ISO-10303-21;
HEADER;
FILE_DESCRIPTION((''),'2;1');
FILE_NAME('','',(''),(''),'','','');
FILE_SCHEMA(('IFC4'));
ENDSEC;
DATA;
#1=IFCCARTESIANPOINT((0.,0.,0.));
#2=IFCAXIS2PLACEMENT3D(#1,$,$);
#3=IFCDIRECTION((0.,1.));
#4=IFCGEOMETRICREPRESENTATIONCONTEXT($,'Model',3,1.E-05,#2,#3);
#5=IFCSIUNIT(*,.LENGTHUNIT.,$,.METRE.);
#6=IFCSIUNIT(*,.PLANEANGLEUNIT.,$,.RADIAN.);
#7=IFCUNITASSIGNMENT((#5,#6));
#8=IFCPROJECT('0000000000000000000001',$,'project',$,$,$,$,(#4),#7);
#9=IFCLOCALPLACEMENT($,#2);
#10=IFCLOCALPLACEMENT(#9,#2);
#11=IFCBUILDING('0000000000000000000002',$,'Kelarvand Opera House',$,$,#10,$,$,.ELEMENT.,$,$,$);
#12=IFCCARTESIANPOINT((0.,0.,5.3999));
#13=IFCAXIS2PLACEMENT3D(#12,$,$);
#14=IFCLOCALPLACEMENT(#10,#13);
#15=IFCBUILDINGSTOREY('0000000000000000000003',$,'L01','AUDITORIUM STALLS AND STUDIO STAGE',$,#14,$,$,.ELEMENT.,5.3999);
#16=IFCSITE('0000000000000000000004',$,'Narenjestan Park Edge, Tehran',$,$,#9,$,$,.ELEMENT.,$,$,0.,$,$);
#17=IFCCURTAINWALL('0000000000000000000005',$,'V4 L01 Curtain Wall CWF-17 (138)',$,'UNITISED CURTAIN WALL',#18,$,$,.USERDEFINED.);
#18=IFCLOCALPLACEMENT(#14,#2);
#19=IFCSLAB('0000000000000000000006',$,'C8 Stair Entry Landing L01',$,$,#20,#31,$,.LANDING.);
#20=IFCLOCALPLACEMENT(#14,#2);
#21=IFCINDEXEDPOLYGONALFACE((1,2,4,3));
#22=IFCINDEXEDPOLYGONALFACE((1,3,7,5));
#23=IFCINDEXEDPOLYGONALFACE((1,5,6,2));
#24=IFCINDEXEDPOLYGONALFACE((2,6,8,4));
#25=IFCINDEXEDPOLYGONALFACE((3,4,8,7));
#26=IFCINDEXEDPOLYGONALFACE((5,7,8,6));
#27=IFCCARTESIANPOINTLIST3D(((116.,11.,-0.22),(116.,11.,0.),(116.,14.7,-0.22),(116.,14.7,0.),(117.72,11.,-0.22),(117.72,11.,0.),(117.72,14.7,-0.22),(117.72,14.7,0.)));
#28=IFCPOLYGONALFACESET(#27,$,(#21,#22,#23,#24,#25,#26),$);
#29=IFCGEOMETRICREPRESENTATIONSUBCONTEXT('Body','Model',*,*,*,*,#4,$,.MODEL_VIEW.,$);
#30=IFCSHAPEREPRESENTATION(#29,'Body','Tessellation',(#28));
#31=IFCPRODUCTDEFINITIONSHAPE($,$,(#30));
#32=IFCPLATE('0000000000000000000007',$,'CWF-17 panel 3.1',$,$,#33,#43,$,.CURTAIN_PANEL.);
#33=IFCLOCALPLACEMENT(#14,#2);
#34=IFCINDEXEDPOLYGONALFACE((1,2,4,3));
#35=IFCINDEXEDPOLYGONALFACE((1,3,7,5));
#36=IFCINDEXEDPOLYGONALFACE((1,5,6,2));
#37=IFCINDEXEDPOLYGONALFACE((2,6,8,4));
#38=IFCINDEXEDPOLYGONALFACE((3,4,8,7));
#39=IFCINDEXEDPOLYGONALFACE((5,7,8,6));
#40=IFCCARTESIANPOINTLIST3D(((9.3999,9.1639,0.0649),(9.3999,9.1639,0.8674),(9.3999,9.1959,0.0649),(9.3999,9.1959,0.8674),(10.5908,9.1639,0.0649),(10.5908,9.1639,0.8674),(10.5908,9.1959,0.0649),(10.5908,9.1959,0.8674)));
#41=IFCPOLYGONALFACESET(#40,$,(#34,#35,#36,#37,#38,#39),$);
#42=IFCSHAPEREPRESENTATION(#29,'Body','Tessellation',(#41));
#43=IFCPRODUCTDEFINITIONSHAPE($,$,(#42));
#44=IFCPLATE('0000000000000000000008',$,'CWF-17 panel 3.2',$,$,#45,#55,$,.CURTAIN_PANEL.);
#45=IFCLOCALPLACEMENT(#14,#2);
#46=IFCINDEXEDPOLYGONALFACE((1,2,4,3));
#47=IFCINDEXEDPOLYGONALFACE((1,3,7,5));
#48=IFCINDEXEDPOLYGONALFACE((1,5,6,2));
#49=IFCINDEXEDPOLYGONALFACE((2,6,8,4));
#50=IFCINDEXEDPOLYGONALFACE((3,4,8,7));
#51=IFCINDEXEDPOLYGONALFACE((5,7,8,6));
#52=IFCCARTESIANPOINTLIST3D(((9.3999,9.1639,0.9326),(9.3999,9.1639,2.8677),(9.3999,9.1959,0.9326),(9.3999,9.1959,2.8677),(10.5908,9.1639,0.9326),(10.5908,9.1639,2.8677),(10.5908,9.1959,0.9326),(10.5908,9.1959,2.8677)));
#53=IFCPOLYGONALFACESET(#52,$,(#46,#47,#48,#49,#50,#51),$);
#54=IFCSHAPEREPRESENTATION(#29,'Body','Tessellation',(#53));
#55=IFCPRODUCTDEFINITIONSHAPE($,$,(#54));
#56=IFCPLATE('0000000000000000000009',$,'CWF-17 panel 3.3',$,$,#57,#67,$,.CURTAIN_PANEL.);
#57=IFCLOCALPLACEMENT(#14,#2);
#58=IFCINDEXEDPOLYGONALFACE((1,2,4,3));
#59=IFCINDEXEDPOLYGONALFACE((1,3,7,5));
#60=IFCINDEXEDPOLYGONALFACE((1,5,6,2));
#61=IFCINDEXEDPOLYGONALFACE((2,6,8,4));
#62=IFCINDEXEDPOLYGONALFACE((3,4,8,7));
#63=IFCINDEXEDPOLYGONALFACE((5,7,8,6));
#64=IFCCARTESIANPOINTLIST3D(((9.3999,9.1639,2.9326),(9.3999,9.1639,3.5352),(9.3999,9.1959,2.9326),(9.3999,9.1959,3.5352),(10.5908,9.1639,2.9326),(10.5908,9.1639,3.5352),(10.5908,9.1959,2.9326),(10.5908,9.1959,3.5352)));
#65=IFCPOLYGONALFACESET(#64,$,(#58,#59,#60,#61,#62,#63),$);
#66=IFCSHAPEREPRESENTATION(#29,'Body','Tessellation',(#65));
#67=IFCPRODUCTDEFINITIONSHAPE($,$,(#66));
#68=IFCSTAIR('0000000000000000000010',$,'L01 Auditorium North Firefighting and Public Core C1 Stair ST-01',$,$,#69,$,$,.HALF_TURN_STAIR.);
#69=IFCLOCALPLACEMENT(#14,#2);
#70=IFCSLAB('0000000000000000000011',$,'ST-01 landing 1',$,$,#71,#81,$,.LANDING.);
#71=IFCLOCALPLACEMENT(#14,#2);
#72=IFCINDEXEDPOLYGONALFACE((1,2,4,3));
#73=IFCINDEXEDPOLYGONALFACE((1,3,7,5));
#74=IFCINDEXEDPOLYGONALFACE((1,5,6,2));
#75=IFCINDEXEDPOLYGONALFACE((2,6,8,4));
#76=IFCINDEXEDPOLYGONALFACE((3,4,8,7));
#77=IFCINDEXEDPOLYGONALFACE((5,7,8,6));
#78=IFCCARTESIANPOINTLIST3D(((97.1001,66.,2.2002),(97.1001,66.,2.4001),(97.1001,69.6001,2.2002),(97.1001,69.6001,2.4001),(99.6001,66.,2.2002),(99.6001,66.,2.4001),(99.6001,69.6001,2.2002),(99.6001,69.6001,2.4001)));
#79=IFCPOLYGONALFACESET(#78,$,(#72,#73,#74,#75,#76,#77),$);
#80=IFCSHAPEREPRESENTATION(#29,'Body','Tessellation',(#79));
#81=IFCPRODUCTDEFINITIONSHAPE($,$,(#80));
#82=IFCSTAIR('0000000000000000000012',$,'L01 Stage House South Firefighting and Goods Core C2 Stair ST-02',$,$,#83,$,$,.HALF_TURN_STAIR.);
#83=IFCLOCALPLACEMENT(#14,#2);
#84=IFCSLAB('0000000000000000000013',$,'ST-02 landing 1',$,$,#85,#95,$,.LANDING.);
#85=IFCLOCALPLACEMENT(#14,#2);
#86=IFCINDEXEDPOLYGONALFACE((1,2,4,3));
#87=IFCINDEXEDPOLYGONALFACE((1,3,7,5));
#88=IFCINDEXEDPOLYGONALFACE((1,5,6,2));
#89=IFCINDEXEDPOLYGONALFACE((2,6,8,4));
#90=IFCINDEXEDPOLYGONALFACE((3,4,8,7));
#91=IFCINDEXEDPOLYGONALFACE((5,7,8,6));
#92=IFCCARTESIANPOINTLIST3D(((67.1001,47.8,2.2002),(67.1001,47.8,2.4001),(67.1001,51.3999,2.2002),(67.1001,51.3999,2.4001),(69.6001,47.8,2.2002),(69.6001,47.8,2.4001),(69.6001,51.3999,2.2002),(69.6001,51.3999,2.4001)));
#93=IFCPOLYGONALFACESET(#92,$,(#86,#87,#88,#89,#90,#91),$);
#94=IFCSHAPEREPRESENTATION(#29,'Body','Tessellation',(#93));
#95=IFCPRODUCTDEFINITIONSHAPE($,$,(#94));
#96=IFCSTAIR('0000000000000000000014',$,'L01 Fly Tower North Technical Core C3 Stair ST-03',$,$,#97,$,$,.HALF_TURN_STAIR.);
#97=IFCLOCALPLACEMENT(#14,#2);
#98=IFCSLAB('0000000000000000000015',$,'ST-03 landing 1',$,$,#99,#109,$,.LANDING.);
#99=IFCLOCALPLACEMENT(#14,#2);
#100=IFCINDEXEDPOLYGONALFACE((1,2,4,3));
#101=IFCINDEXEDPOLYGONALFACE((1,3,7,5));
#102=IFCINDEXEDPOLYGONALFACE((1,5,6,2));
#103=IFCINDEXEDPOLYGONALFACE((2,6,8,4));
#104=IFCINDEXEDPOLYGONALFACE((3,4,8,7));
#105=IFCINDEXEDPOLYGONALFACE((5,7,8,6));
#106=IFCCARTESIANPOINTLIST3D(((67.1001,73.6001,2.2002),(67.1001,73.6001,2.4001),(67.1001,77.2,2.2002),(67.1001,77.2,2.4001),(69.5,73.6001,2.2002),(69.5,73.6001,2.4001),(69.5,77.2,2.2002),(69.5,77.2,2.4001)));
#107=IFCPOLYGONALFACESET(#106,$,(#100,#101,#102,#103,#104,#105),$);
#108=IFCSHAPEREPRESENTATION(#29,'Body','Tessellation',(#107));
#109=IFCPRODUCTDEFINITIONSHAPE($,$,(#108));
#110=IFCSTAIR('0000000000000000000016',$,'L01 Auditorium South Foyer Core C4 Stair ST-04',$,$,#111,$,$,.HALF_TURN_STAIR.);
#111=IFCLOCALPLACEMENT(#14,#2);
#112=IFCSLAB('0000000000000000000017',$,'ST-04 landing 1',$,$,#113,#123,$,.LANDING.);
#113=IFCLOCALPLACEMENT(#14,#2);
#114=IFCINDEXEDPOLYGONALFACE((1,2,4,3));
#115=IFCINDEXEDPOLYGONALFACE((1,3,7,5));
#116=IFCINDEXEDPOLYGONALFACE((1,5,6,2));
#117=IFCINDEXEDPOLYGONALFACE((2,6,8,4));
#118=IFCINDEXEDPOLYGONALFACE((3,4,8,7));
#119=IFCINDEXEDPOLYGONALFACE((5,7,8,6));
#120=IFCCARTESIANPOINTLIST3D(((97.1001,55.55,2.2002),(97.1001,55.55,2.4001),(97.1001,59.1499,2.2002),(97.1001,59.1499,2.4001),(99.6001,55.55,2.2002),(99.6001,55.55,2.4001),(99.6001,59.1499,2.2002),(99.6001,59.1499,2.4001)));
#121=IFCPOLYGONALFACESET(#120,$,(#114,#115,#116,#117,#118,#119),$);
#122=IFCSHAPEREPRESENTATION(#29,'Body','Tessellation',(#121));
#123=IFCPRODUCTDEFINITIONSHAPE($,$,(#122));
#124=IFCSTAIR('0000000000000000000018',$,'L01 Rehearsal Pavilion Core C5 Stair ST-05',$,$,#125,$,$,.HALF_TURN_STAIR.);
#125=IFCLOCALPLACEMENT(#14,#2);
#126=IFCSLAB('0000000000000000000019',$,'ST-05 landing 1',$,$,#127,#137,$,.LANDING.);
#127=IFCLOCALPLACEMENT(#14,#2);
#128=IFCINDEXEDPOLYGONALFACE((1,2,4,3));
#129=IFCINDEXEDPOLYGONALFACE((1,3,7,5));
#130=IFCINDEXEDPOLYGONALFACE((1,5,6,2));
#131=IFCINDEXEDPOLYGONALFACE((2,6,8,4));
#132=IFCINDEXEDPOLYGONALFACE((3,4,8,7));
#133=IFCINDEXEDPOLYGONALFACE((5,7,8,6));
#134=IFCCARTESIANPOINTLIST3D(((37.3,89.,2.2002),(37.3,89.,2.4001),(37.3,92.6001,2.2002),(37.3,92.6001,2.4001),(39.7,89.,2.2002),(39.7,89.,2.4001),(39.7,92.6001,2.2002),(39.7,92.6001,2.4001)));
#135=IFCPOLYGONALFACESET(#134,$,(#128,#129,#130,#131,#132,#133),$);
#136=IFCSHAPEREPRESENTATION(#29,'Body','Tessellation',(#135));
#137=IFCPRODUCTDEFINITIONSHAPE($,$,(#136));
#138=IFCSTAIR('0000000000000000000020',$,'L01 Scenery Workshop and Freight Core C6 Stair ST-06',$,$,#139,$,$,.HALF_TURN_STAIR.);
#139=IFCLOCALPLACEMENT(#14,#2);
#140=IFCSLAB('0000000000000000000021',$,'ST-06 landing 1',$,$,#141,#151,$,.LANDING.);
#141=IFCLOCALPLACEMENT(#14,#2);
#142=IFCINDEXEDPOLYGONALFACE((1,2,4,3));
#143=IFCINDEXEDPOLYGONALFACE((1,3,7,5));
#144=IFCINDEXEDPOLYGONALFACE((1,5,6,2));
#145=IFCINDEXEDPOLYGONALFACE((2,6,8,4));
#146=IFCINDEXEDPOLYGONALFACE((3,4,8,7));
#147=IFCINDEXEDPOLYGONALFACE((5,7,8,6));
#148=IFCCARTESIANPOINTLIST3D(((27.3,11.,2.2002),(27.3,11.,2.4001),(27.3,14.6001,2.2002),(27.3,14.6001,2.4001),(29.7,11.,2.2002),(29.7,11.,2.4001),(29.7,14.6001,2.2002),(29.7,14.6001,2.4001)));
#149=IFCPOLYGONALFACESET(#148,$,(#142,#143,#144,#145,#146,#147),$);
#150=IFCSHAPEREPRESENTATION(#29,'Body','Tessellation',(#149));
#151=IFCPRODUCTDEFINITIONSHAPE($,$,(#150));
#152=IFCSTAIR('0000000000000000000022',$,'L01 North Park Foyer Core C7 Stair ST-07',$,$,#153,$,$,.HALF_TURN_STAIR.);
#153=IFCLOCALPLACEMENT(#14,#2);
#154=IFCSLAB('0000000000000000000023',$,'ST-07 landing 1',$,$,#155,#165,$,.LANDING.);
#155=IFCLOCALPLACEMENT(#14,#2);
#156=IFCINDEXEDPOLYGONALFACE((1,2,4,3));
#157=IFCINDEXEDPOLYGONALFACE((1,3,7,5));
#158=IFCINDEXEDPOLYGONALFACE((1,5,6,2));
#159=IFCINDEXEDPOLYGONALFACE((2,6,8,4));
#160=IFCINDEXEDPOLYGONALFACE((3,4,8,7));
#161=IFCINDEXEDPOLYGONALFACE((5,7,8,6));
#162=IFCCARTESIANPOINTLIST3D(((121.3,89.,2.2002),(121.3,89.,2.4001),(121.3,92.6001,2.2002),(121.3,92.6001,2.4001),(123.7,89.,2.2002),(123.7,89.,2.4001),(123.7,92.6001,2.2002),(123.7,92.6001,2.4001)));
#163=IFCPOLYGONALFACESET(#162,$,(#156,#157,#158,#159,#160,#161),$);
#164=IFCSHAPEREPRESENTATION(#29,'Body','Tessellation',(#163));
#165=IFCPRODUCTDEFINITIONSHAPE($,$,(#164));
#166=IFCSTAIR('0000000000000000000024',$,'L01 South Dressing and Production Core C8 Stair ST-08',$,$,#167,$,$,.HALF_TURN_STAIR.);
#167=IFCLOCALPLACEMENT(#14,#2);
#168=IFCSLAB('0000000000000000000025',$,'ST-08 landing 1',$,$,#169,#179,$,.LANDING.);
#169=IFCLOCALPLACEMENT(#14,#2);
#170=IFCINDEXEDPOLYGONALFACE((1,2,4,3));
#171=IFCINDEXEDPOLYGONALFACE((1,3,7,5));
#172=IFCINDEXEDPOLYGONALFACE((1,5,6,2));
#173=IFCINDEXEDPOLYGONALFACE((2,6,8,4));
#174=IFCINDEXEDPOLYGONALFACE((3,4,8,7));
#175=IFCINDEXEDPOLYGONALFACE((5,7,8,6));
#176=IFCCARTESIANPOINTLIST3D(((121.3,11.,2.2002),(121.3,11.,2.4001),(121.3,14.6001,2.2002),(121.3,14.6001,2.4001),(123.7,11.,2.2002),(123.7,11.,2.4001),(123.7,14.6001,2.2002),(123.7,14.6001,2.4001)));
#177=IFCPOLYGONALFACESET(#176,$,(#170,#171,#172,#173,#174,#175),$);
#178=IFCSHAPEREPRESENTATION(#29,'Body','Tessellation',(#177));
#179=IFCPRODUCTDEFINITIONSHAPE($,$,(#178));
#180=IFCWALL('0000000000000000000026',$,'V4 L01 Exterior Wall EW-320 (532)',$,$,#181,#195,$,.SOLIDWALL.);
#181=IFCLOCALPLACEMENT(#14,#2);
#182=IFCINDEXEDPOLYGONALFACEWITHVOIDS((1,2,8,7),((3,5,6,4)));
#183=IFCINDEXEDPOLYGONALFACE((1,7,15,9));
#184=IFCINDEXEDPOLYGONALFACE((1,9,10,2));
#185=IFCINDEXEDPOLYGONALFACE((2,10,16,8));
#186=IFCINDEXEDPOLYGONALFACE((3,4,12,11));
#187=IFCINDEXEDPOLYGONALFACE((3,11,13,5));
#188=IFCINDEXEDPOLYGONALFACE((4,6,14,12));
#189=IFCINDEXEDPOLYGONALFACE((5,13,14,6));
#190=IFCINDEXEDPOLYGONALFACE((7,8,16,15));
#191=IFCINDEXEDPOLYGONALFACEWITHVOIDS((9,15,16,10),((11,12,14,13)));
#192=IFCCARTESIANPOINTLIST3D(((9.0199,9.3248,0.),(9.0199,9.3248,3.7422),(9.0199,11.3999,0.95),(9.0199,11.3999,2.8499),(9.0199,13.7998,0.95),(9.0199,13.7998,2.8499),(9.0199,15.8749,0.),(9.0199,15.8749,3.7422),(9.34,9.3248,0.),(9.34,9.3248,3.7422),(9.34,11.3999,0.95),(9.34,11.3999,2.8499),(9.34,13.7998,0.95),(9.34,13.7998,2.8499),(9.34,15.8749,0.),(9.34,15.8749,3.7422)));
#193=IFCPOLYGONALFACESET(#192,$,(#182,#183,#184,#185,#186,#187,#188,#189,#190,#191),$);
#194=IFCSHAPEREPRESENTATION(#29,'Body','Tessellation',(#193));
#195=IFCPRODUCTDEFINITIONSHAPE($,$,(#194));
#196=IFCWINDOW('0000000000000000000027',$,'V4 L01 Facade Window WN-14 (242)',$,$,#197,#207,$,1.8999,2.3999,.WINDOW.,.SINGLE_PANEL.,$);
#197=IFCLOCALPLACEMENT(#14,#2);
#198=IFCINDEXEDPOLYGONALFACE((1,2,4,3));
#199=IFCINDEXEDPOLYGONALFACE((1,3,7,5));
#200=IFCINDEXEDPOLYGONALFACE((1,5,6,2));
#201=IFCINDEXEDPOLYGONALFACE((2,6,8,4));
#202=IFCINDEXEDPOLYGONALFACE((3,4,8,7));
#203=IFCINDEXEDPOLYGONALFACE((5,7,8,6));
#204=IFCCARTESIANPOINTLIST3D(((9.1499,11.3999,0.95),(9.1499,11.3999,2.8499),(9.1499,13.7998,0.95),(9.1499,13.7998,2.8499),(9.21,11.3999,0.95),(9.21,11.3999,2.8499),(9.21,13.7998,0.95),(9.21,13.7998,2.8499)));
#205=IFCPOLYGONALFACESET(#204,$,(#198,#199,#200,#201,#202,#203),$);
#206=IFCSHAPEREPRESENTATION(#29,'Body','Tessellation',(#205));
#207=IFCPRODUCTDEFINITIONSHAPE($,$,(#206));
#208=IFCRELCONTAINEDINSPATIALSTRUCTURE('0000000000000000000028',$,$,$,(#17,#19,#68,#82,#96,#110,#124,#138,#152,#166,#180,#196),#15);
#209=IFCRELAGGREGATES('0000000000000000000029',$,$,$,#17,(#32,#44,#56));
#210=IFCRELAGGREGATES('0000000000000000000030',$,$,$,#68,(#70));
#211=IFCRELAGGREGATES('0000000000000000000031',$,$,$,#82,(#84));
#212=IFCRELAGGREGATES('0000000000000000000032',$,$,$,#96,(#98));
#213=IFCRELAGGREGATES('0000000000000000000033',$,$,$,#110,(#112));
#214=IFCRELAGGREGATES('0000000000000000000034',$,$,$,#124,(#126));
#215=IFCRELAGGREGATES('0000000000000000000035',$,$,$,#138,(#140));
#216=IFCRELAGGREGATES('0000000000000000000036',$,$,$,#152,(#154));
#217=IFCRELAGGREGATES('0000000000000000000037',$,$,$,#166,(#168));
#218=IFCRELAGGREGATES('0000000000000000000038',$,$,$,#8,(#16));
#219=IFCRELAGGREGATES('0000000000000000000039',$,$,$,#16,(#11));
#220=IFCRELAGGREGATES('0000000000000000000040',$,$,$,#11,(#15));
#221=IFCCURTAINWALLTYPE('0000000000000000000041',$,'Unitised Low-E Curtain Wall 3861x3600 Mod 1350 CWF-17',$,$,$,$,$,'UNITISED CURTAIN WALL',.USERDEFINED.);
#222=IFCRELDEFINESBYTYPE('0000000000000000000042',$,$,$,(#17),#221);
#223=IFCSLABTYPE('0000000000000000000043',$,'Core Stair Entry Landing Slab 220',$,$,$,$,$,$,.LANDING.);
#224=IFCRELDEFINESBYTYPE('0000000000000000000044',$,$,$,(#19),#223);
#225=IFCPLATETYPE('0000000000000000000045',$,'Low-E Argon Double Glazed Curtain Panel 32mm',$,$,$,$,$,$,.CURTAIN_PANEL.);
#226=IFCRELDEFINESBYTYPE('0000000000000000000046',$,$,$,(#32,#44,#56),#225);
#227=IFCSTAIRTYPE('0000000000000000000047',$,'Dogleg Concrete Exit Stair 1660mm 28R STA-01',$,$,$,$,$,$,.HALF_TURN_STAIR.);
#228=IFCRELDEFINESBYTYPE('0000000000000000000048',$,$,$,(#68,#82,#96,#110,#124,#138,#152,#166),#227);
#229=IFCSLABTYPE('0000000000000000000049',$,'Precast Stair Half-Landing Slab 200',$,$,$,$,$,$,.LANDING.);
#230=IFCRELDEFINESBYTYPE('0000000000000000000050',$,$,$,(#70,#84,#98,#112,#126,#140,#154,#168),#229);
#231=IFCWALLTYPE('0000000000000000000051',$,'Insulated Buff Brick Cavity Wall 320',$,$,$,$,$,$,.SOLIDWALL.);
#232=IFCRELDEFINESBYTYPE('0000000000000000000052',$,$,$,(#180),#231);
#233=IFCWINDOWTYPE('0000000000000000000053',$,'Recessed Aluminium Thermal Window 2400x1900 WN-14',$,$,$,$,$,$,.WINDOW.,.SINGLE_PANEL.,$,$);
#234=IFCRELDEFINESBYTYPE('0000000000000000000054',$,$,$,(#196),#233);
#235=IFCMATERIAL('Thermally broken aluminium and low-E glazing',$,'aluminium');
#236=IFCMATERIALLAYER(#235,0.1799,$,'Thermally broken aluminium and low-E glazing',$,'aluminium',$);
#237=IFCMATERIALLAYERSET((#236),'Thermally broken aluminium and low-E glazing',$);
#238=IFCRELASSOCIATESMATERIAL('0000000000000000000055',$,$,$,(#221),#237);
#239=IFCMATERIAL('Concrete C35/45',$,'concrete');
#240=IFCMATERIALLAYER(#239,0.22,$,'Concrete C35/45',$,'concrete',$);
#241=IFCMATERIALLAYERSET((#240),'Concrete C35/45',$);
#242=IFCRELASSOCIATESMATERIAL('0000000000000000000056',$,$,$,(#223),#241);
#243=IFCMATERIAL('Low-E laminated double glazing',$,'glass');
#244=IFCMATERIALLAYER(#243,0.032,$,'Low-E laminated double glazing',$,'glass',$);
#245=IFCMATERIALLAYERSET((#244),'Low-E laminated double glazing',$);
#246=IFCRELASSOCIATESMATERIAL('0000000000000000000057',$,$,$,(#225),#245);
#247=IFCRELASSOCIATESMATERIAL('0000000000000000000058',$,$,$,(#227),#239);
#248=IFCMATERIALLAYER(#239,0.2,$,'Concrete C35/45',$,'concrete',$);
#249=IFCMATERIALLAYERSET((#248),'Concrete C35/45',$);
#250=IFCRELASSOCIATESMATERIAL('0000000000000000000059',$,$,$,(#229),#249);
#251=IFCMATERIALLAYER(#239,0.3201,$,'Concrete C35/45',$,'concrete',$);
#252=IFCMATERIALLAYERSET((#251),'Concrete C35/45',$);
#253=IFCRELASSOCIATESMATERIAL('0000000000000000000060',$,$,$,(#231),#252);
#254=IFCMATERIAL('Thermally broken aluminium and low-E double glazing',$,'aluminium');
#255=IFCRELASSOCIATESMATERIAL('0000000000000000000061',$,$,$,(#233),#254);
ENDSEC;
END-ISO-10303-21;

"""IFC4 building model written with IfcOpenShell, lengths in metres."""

from ifc_helpers import new_model, si_unit, direction, frame, frame_2d, origin, origin_2d, place, context, subcontext, project, spatial, polyline, rectangle, outline, extrude, material, layer, layer_set, type_object, element, fill, aggregate, save


model = new_model("IFC4")

# Units and contexts
model_context = context("Model", 3, precision=1e-05, world=origin(), true_north=direction((0.0, 1.0)))
body_context = subcontext(model_context, "Body", "Model", "MODEL_VIEW")
ifc_project = project(units=[si_unit("LENGTHUNIT", "METRE"), si_unit("PLANEANGLEUNIT", "RADIAN")], contexts=[model_context])

# Site, building, storey
site_placement = place(None, origin())
site = spatial("IfcSite", under=ifc_project, at=site_placement, Name="Narenjestan Park Edge, Tehran", CompositionType="ELEMENT", RefElevation=0.0)
building_placement = place(site_placement, origin())
building = spatial("IfcBuilding", under=site, at=building_placement, Name="Kelarvand Opera House", CompositionType="ELEMENT")
storey_placement = place(building_placement, frame((0.0, 0.0, 5.3999)))
storey = spatial("IfcBuildingStorey", under=building, at=storey_placement, Name="L01", Description="AUDITORIUM STALLS AND STUDIO STAGE", CompositionType="ELEMENT", Elevation=5.3999)

# Curtain wall
ifc_material_1 = material(Name="Thermally broken aluminium and low-E glazing", Category="aluminium")
ifc_layer_1 = layer(ifc_material_1, 0.1799, Name="Thermally broken aluminium and low-E glazing", Category="aluminium")
ifc_layer_set_1 = layer_set([ifc_layer_1], Name="Thermally broken aluminium and low-E glazing")
curtain_wall_type = type_object("IfcCurtainWallType", Name="Unitised Low-E Curtain Wall 3861x3600 Mod 1350 CWF-17", ElementType="UNITISED CURTAIN WALL", PredefinedType="USERDEFINED", material=ifc_layer_set_1)
curtain_wall_placement = place(storey_placement, origin())
curtain_wall = element("IfcCurtainWall", 1, at=curtain_wall_placement, inside=storey, type_object=curtain_wall_type, Name="V4 L01 Curtain Wall CWF-17 (138)", ObjectType="UNITISED CURTAIN WALL", PredefinedType="USERDEFINED")

# Slab
ifc_material_2 = material(Name="Concrete C35/45", Category="concrete")
ifc_layer_2 = layer(ifc_material_2, 0.22, Name="Concrete C35/45", Category="concrete")
ifc_layer_set_2 = layer_set([ifc_layer_2], Name="Concrete C35/45")
slab_type_1 = type_object("IfcSlabType", Name="Core Stair Entry Landing Slab 220", PredefinedType="LANDING", material=ifc_layer_set_2)
slab_1_placement = place(storey_placement, frame((0.0, 0.0, -0.22)))
element("IfcSlab", 2, at=slab_1_placement, inside=storey, type_object=slab_type_1, Name="C8 Stair Entry Landing L01", PredefinedType="LANDING", context=body_context, shape_type="SweptSolid", body=[
    extrude(outline(polyline([(116.0, 11.0), (117.72, 11.0), (117.72, 14.7), (116.0, 14.7), (116.0, 11.0)])), origin(), (0.0, 0.0, 1.0), 0.22),
])

# Plates
ifc_material_3 = material(Name="Low-E laminated double glazing", Category="glass")
ifc_layer_3 = layer(ifc_material_3, 0.032, Name="Low-E laminated double glazing", Category="glass")
ifc_layer_set_3 = layer_set([ifc_layer_3], Name="Low-E laminated double glazing")
plate_type = type_object("IfcPlateType", Name="Low-E Argon Double Glazed Curtain Panel 32mm", PredefinedType="CURTAIN_PANEL", material=ifc_layer_set_3)
plate_1_placement = place(storey_placement, frame((9.9954, 9.1799, 0.0649), z_axis=(0.0, 0.0, 1.0), x_axis=(-1.0, 0.0, 0.0)))
plate_1 = element("IfcPlate", 3, at=plate_1_placement, type_object=plate_type, Name="CWF-17 panel 3.1", PredefinedType="CURTAIN_PANEL", context=body_context, shape_type="SweptSolid", body=[
    extrude(rectangle(XDim=1.1909, YDim=0.032, at=origin_2d()), origin(), (0.0, 0.0, 1.0), 0.8025),
])
plate_2_placement = place(storey_placement, frame((9.9954, 9.1799, 0.9326), z_axis=(0.0, 0.0, 1.0), x_axis=(-1.0, 0.0, 0.0)))
plate_2 = element("IfcPlate", 4, at=plate_2_placement, type_object=plate_type, Name="CWF-17 panel 3.2", PredefinedType="CURTAIN_PANEL", context=body_context, shape_type="SweptSolid", body=[
    extrude(rectangle(XDim=1.1909, YDim=0.032, at=origin_2d()), origin(), (0.0, 0.0, 1.0), 1.9351),
])
plate_3_placement = place(storey_placement, frame((9.9954, 9.1799, 2.9326), z_axis=(0.0, 0.0, 1.0), x_axis=(-1.0, 0.0, 0.0)))
plate_3 = element("IfcPlate", 5, at=plate_3_placement, type_object=plate_type, Name="CWF-17 panel 3.3", PredefinedType="CURTAIN_PANEL", context=body_context, shape_type="SweptSolid", body=[
    extrude(rectangle(XDim=1.1909, YDim=0.032, at=origin_2d()), origin(), (0.0, 0.0, 1.0), 0.6025),
])
aggregate(curtain_wall, [plate_1, plate_2, plate_3])

# Stairs, slabs
stair_type = type_object("IfcStairType", Name="Dogleg Concrete Exit Stair 1660mm 28R STA-01", PredefinedType="HALF_TURN_STAIR", material=ifc_material_2)
stair_1_placement = place(storey_placement, origin())
stair_1 = element("IfcStair", 6, at=stair_1_placement, inside=storey, type_object=stair_type, Name="L01 Auditorium North Firefighting and Public Core C1 Stair ST-01", PredefinedType="HALF_TURN_STAIR")
ifc_layer_4 = layer(ifc_material_2, 0.2, Name="Concrete C35/45", Category="concrete")
ifc_layer_set_4 = layer_set([ifc_layer_4], Name="Concrete C35/45")
slab_type_2 = type_object("IfcSlabType", Name="Precast Stair Half-Landing Slab 200", PredefinedType="LANDING", material=ifc_layer_set_4)
slab_2_placement = place(storey_placement, frame((0.0, 0.0, 2.2002)))
slab_2 = element("IfcSlab", 7, at=slab_2_placement, type_object=slab_type_2, Name="ST-01 landing 1", PredefinedType="LANDING", context=body_context, shape_type="SweptSolid", body=[
    extrude(outline(polyline([(97.1001, 66.0), (99.6001, 66.0), (99.6001, 69.6001), (97.1001, 69.6001), (97.1001, 66.0)])), origin(), (0.0, 0.0, 1.0), 0.2),
])
aggregate(stair_1, [slab_2])
stair_2_placement = place(storey_placement, origin())
stair_2 = element("IfcStair", 8, at=stair_2_placement, inside=storey, type_object=stair_type, Name="L01 Stage House South Firefighting and Goods Core C2 Stair ST-02", PredefinedType="HALF_TURN_STAIR")
slab_3_placement = place(storey_placement, frame((0.0, 0.0, 2.2002)))
slab_3 = element("IfcSlab", 9, at=slab_3_placement, type_object=slab_type_2, Name="ST-02 landing 1", PredefinedType="LANDING", context=body_context, shape_type="SweptSolid", body=[
    extrude(outline(polyline([(67.1001, 47.8), (69.6001, 47.8), (69.6001, 51.3999), (67.1001, 51.3999), (67.1001, 47.8)])), origin(), (0.0, 0.0, 1.0), 0.2),
])
aggregate(stair_2, [slab_3])
stair_3_placement = place(storey_placement, origin())
stair_3 = element("IfcStair", 10, at=stair_3_placement, inside=storey, type_object=stair_type, Name="L01 Fly Tower North Technical Core C3 Stair ST-03", PredefinedType="HALF_TURN_STAIR")
slab_4_placement = place(storey_placement, frame((0.0, 0.0, 2.2002)))
slab_4 = element("IfcSlab", 11, at=slab_4_placement, type_object=slab_type_2, Name="ST-03 landing 1", PredefinedType="LANDING", context=body_context, shape_type="SweptSolid", body=[
    extrude(outline(polyline([(67.1001, 73.6001), (69.5, 73.6001), (69.5, 77.2), (67.1001, 77.2), (67.1001, 73.6001)])), origin(), (0.0, 0.0, 1.0), 0.2),
])
aggregate(stair_3, [slab_4])
stair_4_placement = place(storey_placement, origin())
stair_4 = element("IfcStair", 12, at=stair_4_placement, inside=storey, type_object=stair_type, Name="L01 Auditorium South Foyer Core C4 Stair ST-04", PredefinedType="HALF_TURN_STAIR")
slab_5_placement = place(storey_placement, frame((0.0, 0.0, 2.2002)))
slab_5 = element("IfcSlab", 13, at=slab_5_placement, type_object=slab_type_2, Name="ST-04 landing 1", PredefinedType="LANDING", context=body_context, shape_type="SweptSolid", body=[
    extrude(outline(polyline([(97.1001, 55.55), (99.6001, 55.55), (99.6001, 59.1499), (97.1001, 59.1499), (97.1001, 55.55)])), origin(), (0.0, 0.0, 1.0), 0.2),
])
aggregate(stair_4, [slab_5])
stair_5_placement = place(storey_placement, origin())
stair_5 = element("IfcStair", 14, at=stair_5_placement, inside=storey, type_object=stair_type, Name="L01 Rehearsal Pavilion Core C5 Stair ST-05", PredefinedType="HALF_TURN_STAIR")
slab_6_placement = place(storey_placement, frame((0.0, 0.0, 2.2002)))
slab_6 = element("IfcSlab", 15, at=slab_6_placement, type_object=slab_type_2, Name="ST-05 landing 1", PredefinedType="LANDING", context=body_context, shape_type="SweptSolid", body=[
    extrude(outline(polyline([(37.3, 89.0), (39.7, 89.0), (39.7, 92.6001), (37.3, 92.6001), (37.3, 89.0)])), origin(), (0.0, 0.0, 1.0), 0.2),
])
aggregate(stair_5, [slab_6])
stair_6_placement = place(storey_placement, origin())
stair_6 = element("IfcStair", 16, at=stair_6_placement, inside=storey, type_object=stair_type, Name="L01 Scenery Workshop and Freight Core C6 Stair ST-06", PredefinedType="HALF_TURN_STAIR")
slab_7_placement = place(storey_placement, frame((0.0, 0.0, 2.2002)))
slab_7 = element("IfcSlab", 17, at=slab_7_placement, type_object=slab_type_2, Name="ST-06 landing 1", PredefinedType="LANDING", context=body_context, shape_type="SweptSolid", body=[
    extrude(outline(polyline([(27.3, 11.0), (29.7, 11.0), (29.7, 14.6001), (27.3, 14.6001), (27.3, 11.0)])), origin(), (0.0, 0.0, 1.0), 0.2),
])
aggregate(stair_6, [slab_7])
stair_7_placement = place(storey_placement, origin())
stair_7 = element("IfcStair", 18, at=stair_7_placement, inside=storey, type_object=stair_type, Name="L01 North Park Foyer Core C7 Stair ST-07", PredefinedType="HALF_TURN_STAIR")
slab_8_placement = place(storey_placement, frame((0.0, 0.0, 2.2002)))
slab_8 = element("IfcSlab", 19, at=slab_8_placement, type_object=slab_type_2, Name="ST-07 landing 1", PredefinedType="LANDING", context=body_context, shape_type="SweptSolid", body=[
    extrude(outline(polyline([(121.3, 89.0), (123.7, 89.0), (123.7, 92.6001), (121.3, 92.6001), (121.3, 89.0)])), origin(), (0.0, 0.0, 1.0), 0.2),
])
aggregate(stair_7, [slab_8])
stair_8_placement = place(storey_placement, origin())
stair_8 = element("IfcStair", 20, at=stair_8_placement, inside=storey, type_object=stair_type, Name="L01 South Dressing and Production Core C8 Stair ST-08", PredefinedType="HALF_TURN_STAIR")
slab_9_placement = place(storey_placement, frame((0.0, 0.0, 2.2002)))
slab_9 = element("IfcSlab", 21, at=slab_9_placement, type_object=slab_type_2, Name="ST-08 landing 1", PredefinedType="LANDING", context=body_context, shape_type="SweptSolid", body=[
    extrude(outline(polyline([(121.3, 11.0), (123.7, 11.0), (123.7, 14.6001), (121.3, 14.6001), (121.3, 11.0)])), origin(), (0.0, 0.0, 1.0), 0.2),
])
aggregate(stair_8, [slab_9])

# Wall, opening, window
ifc_layer_5 = layer(ifc_material_2, 0.3201, Name="Concrete C35/45", Category="concrete")
ifc_layer_set_5 = layer_set([ifc_layer_5], Name="Concrete C35/45")
wall_type = type_object("IfcWallType", Name="Insulated Buff Brick Cavity Wall 320", PredefinedType="SOLIDWALL", material=ifc_layer_set_5)
wall_placement = place(storey_placement, frame((9.1799, 9.325, 0.0), z_axis=(0.0, 0.0, 1.0), x_axis=(0.0, 1.0, 0.0)))
wall = element("IfcWall", 22, at=wall_placement, inside=storey, type_object=wall_type, Name="V4 L01 Exterior Wall EW-320 (532)", PredefinedType="SOLIDWALL", context=body_context, shape_type="SweptSolid", body=[
    extrude(rectangle(XDim=6.55, YDim=0.3201, at=frame_2d((3.2749, 0.0))), origin(), (0.0, 0.0, 1.0), 3.7422),
])
opening_placement = place(wall_placement, frame((2.075, 0.0, 0.95)))
opening = element("IfcOpeningElement", 23, at=opening_placement, cuts=wall, PredefinedType="OPENING", context=body_context, shape_type="SweptSolid", body=[
    extrude(rectangle(XDim=2.3999, YDim=1.8999, at=frame_2d((1.2, 0.95))), frame((0.0, 0.1699, 0.0), z_axis=(0.0, -1.0, 0.0), x_axis=(1.0, 0.0, 0.0)), (0.0, 0.0, 1.0), 0.3401),
])
ifc_material_4 = material(Name="Thermally broken aluminium and low-E double glazing", Category="aluminium")
window_type = type_object("IfcWindowType", Name="Recessed Aluminium Thermal Window 2400x1900 WN-14", PartitioningType="SINGLE_PANEL", PredefinedType="WINDOW", material=ifc_material_4)
window_placement = place(opening_placement, origin())
window = element("IfcWindow", 24, at=window_placement, inside=storey, type_object=window_type, Name="V4 L01 Facade Window WN-14 (242)", OverallHeight=1.8999, OverallWidth=2.3999, PartitioningType="SINGLE_PANEL", PredefinedType="WINDOW", context=body_context, shape_type="SweptSolid", body=[
    extrude(rectangle(XDim=2.3999, YDim=1.8999, at=frame_2d((1.2, 0.95))), frame((0.0, 0.03, 0.0), z_axis=(0.0, -1.0, 0.0), x_axis=(1.0, 0.0, 0.0)), (0.0, 0.0, 1.0), 0.0601),
])
fill(opening, window)

save(model, "model.ifc")
